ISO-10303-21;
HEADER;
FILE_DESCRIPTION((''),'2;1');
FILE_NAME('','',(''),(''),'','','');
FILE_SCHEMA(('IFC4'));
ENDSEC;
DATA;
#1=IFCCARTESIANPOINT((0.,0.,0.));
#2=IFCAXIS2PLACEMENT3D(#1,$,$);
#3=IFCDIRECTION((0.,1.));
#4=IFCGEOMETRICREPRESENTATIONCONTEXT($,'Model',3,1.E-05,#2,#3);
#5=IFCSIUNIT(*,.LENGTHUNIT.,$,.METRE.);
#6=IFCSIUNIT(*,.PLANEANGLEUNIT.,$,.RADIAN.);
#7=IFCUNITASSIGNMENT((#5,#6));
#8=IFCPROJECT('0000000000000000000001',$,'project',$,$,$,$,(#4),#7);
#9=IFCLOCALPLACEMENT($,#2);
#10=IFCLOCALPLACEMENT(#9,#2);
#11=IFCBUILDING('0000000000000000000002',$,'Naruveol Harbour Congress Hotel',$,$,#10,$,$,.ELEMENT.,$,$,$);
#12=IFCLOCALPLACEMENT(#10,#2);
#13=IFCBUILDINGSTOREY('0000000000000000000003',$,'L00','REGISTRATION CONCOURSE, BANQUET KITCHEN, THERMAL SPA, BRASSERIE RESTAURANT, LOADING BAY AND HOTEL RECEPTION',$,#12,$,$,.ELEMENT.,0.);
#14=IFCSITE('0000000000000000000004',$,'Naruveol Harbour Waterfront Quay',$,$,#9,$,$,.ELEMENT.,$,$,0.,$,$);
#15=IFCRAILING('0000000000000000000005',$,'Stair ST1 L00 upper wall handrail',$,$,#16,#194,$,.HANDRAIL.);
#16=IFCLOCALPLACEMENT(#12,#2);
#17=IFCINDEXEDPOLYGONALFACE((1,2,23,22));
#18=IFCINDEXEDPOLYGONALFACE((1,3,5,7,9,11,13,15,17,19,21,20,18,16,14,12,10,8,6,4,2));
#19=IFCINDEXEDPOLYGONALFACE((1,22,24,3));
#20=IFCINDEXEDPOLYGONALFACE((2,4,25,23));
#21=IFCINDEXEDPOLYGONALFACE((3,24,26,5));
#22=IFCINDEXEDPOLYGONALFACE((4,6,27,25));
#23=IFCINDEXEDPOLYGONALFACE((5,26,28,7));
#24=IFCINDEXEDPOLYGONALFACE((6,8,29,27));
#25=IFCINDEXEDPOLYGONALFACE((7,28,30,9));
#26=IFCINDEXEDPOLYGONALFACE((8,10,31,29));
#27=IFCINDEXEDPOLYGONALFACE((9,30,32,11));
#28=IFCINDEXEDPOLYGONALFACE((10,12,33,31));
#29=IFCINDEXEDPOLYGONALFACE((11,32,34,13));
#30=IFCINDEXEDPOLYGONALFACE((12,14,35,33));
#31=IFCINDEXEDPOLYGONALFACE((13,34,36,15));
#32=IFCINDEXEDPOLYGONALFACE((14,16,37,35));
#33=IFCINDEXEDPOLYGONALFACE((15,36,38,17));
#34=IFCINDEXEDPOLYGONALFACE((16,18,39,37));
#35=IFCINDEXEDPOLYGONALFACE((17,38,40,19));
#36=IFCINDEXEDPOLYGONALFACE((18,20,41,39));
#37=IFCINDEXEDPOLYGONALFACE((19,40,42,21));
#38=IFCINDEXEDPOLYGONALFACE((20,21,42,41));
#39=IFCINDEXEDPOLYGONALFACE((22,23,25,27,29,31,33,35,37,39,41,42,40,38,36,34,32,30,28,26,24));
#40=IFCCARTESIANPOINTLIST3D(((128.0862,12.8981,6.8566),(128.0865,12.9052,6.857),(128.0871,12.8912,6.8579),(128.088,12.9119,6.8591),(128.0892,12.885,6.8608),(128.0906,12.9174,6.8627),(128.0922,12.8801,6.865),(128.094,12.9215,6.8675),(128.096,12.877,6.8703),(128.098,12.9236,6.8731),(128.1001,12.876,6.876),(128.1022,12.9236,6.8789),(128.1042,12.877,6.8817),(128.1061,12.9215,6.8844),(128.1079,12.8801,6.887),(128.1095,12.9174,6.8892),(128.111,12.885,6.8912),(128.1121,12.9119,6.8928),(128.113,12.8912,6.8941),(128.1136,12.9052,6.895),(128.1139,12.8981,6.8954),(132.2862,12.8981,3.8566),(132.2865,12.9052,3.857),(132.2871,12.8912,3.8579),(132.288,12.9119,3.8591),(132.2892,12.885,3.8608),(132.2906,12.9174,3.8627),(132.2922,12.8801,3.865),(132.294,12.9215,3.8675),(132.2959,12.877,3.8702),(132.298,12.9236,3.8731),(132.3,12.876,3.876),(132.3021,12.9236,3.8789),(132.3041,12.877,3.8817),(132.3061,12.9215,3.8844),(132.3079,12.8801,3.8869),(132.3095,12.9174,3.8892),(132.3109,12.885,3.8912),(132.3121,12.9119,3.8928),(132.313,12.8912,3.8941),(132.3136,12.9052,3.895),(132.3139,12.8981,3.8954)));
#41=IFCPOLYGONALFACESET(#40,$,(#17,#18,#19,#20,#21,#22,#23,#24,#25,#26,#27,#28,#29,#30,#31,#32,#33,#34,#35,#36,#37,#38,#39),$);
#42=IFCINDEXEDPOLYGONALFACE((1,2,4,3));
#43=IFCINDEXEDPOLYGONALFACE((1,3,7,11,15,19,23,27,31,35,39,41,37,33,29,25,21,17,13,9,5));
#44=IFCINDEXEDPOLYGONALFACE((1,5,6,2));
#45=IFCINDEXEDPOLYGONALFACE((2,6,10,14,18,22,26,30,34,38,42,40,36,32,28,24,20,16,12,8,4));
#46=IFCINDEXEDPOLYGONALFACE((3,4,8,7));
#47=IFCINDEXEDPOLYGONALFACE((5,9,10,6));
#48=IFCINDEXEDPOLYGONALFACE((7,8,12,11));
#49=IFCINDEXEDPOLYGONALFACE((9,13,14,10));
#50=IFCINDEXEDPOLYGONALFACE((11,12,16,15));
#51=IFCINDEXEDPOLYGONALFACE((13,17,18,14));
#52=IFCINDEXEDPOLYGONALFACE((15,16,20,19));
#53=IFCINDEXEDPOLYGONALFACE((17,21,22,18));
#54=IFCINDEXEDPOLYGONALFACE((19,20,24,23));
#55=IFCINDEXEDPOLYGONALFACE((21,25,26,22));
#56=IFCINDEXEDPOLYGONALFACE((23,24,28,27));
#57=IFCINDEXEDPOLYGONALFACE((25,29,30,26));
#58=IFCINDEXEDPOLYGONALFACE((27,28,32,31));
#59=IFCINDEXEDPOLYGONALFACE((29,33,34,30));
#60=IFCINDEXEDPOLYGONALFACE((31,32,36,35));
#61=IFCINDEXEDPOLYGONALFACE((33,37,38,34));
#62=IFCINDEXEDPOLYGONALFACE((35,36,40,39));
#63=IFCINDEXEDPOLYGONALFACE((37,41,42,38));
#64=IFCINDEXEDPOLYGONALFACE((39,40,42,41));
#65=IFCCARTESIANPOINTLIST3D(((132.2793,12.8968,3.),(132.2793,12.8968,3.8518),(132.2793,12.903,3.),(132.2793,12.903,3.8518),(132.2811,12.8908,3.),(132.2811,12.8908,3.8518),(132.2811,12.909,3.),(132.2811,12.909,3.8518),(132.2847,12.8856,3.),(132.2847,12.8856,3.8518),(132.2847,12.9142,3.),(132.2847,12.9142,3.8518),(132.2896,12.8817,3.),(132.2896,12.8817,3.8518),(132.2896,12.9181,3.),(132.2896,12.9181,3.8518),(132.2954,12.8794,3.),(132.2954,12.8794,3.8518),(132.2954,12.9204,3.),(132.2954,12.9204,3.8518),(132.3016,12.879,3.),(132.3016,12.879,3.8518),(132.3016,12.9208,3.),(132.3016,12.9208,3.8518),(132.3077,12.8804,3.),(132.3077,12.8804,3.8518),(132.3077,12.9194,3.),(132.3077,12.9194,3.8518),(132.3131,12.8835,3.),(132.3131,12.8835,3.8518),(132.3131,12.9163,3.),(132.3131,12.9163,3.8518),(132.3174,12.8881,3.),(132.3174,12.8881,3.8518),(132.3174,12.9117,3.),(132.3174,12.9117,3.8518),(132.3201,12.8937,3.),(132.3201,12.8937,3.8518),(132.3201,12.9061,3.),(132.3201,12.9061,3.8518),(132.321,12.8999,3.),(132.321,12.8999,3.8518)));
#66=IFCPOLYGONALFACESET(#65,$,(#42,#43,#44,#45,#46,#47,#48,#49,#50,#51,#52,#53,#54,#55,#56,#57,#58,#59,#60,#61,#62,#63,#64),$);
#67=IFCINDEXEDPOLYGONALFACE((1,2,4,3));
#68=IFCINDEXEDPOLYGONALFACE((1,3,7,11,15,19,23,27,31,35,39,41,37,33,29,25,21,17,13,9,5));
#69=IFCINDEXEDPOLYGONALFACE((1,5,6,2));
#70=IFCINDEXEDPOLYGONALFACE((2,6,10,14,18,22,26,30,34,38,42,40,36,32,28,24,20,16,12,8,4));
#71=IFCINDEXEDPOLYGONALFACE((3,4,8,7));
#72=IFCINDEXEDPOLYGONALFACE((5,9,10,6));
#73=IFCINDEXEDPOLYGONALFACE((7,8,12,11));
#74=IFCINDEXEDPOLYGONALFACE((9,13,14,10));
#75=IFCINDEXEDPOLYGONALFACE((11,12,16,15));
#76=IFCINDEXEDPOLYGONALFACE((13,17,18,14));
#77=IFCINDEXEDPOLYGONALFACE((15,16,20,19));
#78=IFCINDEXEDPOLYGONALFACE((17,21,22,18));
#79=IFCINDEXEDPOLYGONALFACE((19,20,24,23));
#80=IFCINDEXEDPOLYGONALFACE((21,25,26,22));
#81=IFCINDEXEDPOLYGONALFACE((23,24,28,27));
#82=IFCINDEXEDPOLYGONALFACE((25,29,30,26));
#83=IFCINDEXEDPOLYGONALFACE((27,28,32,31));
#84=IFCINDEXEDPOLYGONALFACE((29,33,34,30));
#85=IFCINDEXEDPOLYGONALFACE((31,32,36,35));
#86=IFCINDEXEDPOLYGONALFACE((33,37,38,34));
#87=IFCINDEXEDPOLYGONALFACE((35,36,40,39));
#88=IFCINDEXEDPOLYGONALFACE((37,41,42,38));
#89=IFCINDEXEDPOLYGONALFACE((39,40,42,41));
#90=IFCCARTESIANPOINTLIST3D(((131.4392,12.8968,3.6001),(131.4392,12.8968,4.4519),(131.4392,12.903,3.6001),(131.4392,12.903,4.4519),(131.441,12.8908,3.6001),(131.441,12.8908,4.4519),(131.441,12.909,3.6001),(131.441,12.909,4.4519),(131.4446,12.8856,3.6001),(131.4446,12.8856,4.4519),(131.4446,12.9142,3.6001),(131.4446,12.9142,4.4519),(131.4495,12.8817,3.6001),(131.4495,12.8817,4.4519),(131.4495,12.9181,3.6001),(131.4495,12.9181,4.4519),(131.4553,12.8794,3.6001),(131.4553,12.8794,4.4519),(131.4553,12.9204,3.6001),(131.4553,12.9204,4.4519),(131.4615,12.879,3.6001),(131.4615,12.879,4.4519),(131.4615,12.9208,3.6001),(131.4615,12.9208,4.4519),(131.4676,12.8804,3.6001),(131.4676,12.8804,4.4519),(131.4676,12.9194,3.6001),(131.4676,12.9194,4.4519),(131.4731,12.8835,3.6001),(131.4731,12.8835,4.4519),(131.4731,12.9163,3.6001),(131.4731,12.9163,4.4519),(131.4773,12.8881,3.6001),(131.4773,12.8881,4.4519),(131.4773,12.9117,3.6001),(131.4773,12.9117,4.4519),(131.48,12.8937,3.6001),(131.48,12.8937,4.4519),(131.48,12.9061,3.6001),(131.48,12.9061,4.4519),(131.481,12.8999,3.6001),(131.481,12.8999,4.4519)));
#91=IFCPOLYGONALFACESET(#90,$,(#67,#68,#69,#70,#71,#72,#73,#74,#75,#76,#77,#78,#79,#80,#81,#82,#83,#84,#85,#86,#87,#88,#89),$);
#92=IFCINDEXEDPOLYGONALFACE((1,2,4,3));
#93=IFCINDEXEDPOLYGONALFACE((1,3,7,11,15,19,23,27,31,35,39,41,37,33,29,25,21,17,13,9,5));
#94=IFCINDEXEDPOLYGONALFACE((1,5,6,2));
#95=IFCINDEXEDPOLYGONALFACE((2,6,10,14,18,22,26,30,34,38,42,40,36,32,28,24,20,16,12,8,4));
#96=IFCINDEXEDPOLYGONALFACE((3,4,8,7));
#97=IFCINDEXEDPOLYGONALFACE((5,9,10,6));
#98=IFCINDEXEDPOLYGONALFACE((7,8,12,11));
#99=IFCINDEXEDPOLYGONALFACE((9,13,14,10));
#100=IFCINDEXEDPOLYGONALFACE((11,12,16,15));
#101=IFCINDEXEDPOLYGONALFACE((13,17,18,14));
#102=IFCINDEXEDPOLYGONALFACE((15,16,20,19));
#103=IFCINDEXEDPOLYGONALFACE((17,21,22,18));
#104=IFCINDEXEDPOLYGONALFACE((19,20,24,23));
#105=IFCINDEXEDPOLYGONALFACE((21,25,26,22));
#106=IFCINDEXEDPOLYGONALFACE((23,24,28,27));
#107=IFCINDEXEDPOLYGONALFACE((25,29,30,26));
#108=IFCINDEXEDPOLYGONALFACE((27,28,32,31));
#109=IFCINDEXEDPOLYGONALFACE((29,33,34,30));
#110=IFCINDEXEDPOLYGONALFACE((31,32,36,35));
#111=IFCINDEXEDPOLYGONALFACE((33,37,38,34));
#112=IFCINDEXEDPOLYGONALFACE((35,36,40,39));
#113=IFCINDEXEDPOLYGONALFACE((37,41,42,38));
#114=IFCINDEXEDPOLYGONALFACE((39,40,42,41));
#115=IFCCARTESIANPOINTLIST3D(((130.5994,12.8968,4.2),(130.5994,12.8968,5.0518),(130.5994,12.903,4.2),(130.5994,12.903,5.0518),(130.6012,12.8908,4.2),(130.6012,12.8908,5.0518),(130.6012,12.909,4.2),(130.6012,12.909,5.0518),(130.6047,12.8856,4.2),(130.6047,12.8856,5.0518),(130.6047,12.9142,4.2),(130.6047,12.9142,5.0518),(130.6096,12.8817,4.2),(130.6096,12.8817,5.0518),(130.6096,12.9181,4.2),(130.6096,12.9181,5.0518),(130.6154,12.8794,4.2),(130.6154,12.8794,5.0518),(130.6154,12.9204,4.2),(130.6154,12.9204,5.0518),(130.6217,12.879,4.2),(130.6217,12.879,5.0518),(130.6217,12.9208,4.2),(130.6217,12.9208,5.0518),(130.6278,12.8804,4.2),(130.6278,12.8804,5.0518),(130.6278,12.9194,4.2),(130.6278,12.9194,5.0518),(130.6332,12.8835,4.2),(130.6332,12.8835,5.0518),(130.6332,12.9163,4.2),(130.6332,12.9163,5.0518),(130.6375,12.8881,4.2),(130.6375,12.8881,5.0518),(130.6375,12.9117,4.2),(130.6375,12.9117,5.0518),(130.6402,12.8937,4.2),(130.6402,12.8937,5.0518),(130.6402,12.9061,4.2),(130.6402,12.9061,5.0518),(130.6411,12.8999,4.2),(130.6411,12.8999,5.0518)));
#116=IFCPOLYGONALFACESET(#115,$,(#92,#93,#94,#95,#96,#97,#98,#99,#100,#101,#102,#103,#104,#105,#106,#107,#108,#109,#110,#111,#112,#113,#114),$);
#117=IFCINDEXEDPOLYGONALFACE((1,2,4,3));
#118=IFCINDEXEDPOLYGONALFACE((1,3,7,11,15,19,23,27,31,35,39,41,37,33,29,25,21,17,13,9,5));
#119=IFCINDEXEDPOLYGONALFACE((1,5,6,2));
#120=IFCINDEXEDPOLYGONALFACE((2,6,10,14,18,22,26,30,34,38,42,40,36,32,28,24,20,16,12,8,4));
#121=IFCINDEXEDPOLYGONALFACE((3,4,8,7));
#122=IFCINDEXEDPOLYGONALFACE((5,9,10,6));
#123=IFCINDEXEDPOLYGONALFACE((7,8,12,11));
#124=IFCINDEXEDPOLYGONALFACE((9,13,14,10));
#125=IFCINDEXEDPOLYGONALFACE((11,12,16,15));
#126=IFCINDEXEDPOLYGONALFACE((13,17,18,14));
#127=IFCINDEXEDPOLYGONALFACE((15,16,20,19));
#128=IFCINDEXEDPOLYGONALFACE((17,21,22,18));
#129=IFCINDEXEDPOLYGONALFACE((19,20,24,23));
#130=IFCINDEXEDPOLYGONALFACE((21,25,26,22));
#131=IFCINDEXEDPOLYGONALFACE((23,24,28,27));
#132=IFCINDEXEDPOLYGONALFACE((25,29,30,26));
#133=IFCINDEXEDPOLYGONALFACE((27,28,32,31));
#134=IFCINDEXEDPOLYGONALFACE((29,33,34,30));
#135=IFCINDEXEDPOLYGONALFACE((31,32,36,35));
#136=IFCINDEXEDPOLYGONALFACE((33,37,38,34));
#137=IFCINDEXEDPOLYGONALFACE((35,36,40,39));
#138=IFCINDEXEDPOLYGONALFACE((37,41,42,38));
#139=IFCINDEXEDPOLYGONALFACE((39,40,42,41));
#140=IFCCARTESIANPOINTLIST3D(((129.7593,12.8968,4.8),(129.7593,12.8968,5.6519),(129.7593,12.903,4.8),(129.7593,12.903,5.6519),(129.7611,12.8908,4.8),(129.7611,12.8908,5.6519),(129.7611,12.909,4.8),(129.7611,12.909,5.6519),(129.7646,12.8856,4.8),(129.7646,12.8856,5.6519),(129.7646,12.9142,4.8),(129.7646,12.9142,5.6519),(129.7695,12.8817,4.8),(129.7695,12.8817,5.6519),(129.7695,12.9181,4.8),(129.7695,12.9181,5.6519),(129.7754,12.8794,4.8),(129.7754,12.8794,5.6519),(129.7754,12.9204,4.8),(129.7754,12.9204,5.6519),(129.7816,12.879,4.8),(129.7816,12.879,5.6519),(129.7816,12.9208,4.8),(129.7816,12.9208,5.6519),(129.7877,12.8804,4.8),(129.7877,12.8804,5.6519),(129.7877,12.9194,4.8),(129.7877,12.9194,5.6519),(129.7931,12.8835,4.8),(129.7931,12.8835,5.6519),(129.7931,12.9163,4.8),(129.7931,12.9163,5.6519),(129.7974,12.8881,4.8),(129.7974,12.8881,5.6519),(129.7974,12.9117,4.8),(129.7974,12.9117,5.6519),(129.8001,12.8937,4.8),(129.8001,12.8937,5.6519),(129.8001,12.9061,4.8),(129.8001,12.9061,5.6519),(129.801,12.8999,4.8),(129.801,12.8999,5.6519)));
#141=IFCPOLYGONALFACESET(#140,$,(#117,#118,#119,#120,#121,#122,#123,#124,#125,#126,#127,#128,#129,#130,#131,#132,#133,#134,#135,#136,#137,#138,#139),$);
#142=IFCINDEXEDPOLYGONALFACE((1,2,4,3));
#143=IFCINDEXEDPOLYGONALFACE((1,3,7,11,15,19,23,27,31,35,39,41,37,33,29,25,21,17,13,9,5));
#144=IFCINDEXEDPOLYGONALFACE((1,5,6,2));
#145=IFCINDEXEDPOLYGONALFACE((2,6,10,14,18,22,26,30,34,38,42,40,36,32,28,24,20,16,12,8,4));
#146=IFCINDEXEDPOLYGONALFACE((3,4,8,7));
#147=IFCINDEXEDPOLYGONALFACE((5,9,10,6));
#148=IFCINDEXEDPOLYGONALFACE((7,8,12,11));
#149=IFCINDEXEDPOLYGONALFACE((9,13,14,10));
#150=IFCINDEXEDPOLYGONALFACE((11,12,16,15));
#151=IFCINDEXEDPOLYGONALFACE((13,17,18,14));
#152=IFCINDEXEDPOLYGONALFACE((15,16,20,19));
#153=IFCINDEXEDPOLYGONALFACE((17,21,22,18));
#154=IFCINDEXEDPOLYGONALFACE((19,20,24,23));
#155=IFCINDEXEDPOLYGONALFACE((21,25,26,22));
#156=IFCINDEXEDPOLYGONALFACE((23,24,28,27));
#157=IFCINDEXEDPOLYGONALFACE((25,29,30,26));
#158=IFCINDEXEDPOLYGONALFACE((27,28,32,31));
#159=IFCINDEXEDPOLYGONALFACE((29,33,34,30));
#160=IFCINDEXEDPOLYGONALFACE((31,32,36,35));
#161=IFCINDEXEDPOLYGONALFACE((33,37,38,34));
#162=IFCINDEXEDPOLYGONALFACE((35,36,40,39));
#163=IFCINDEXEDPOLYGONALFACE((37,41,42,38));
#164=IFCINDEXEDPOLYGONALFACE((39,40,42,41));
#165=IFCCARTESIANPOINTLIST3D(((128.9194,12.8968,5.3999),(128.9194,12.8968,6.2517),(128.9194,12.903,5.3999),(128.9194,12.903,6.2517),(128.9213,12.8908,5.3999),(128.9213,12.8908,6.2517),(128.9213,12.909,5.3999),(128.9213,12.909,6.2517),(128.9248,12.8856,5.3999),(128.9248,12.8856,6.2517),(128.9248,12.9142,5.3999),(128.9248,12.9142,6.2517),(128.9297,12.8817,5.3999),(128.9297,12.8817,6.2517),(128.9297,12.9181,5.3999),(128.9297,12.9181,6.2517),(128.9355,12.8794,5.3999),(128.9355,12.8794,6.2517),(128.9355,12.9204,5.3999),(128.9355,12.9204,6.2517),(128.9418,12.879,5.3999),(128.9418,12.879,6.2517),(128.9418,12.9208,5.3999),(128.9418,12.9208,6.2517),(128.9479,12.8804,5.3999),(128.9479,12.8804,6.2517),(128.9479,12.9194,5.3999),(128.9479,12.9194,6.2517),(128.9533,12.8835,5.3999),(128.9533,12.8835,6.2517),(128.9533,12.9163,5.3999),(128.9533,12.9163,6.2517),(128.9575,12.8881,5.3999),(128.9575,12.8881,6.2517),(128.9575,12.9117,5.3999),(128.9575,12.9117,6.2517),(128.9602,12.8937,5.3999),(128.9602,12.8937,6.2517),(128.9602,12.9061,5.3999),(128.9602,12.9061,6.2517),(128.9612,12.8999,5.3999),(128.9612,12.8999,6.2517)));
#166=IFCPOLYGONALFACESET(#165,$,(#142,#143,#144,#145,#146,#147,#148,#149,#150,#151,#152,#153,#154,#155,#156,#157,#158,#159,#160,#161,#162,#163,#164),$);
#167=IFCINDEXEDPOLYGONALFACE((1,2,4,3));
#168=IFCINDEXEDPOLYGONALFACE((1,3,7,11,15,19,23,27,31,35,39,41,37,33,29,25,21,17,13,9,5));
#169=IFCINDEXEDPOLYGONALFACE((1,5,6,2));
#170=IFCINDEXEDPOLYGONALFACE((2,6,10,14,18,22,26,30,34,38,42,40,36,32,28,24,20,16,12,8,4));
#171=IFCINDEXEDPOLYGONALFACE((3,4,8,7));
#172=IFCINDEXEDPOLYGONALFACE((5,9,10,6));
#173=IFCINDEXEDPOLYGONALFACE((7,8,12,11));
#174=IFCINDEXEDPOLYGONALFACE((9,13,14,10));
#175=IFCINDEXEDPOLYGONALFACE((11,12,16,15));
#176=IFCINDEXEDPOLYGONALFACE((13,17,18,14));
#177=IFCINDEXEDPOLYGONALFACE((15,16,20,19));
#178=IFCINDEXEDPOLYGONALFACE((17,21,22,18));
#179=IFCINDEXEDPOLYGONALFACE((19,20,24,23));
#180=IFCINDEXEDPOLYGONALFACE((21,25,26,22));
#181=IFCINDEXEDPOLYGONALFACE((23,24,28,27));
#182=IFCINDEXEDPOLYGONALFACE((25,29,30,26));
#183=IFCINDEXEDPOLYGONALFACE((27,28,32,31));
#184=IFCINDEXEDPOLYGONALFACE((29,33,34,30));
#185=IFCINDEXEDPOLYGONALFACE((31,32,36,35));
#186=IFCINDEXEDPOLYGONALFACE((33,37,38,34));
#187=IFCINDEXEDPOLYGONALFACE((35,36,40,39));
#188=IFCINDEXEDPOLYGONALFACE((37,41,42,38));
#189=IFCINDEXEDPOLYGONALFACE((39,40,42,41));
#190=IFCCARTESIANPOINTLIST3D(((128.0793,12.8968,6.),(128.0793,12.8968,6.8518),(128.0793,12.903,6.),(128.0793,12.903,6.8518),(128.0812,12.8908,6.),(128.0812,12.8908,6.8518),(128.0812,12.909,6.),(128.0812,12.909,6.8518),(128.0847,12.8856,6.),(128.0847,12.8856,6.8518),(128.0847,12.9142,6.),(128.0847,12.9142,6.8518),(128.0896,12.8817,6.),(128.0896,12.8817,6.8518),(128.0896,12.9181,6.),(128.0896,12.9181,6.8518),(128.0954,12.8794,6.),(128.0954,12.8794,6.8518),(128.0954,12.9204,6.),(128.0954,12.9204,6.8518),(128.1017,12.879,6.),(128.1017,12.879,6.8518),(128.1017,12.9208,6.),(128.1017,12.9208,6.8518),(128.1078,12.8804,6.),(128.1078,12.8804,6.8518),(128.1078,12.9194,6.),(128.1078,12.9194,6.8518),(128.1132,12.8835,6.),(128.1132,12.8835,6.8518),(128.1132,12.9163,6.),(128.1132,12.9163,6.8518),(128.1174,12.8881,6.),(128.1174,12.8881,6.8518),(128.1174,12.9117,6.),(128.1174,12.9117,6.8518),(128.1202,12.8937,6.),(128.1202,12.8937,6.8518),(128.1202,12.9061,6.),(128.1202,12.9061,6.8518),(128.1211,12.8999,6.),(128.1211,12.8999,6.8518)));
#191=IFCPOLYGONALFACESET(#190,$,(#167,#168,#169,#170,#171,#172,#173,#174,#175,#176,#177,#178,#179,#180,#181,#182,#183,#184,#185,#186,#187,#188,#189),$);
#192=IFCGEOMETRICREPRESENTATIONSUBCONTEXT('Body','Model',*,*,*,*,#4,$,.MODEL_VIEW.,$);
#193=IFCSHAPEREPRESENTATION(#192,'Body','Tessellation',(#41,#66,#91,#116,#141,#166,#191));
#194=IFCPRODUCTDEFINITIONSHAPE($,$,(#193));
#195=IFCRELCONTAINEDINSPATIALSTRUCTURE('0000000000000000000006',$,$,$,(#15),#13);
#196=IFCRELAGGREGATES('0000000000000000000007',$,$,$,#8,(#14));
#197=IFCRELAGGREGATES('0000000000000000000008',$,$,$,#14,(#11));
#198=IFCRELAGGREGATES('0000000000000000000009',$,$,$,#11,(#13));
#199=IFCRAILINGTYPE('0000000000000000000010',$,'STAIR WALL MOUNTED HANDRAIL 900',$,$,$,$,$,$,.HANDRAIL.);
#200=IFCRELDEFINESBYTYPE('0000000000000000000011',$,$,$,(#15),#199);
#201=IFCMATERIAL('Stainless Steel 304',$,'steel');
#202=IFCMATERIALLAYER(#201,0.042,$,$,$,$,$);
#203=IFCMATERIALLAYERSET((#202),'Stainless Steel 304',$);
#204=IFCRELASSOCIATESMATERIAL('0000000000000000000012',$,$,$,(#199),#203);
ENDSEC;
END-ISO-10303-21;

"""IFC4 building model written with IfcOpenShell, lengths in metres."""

from ifc_helpers import new_model, si_unit, direction, frame, origin, origin_2d, place, context, subcontext, project, spatial, circle, extrude, material, layer, layer_set, type_object, element, save


model = new_model("IFC4")

# Units and contexts
model_context = context("Model", 3, precision=1e-05, world=origin(), true_north=direction((0.0, 1.0)))
body_context = subcontext(model_context, "Body", "Model", "MODEL_VIEW")
ifc_project = project(units=[si_unit("LENGTHUNIT", "METRE"), si_unit("PLANEANGLEUNIT", "RADIAN")], contexts=[model_context])

# Site, building, storey
site_placement = place(None, origin())
site = spatial("IfcSite", under=ifc_project, at=site_placement, Name="Naruveol Harbour Waterfront Quay", CompositionType="ELEMENT", RefElevation=0.0)
building_placement = place(site_placement, origin())
building = spatial("IfcBuilding", under=site, at=building_placement, Name="Naruveol Harbour Congress Hotel", CompositionType="ELEMENT")
storey_placement = place(building_placement, origin())
storey = spatial("IfcBuildingStorey", under=building, at=storey_placement, Name="L00", Description="REGISTRATION CONCOURSE, BANQUET KITCHEN, THERMAL SPA, BRASSERIE RESTAURANT, LOADING BAY AND HOTEL RECEPTION", CompositionType="ELEMENT", Elevation=0.0)

# Railing
ifc_material_1 = material(Name="Stainless Steel 304", Category="steel")
ifc_layer_1 = layer(ifc_material_1, 0.042)
ifc_layer_set_1 = layer_set([ifc_layer_1], Name="Stainless Steel 304")
railing_type_1 = type_object("IfcRailingType", Name="STAIR WALL MOUNTED HANDRAIL 900", PredefinedType="HANDRAIL", material=ifc_layer_set_1)
railing_1_placement = place(storey_placement, frame((132.3, 12.8999, 3.0)))
element("IfcRailing", 1, at=railing_1_placement, inside=storey, type_object=railing_type_1, Name="Stair ST1 L00 upper wall handrail", PredefinedType="HANDRAIL", context=body_context, shape_type="SweptSolid", body=[
    extrude(circle(Radius=0.0239, at=origin_2d()), frame((0.0, 0.0, 0.876), z_axis=(-0.81373, 0.0, 0.581243), x_axis=(0.0, -1.0, 0.0)), (0.0, 0.0, 1.0), 5.1614),
    extrude(circle(Radius=0.021, at=origin_2d()), origin(), (0.0, 0.0, 1.0), 0.8518),
    extrude(circle(Radius=0.021, at=origin_2d()), frame((-0.8401, 0.0, 0.6001)), (0.0, 0.0, 1.0), 0.8518),
    extrude(circle(Radius=0.021, at=origin_2d()), frame((-1.6799, 0.0, 1.2)), (0.0, 0.0, 1.0), 0.8518),
    extrude(circle(Radius=0.021, at=origin_2d()), frame((-2.52, 0.0, 1.8)), (0.0, 0.0, 1.0), 0.8518),
    extrude(circle(Radius=0.021, at=origin_2d()), frame((-3.3599, 0.0, 2.3999)), (0.0, 0.0, 1.0), 0.8518),
    extrude(circle(Radius=0.021, at=origin_2d()), frame((-4.2, 0.0, 3.0)), (0.0, 0.0, 1.0), 0.8518),
])

save(model, "model.ifc")
